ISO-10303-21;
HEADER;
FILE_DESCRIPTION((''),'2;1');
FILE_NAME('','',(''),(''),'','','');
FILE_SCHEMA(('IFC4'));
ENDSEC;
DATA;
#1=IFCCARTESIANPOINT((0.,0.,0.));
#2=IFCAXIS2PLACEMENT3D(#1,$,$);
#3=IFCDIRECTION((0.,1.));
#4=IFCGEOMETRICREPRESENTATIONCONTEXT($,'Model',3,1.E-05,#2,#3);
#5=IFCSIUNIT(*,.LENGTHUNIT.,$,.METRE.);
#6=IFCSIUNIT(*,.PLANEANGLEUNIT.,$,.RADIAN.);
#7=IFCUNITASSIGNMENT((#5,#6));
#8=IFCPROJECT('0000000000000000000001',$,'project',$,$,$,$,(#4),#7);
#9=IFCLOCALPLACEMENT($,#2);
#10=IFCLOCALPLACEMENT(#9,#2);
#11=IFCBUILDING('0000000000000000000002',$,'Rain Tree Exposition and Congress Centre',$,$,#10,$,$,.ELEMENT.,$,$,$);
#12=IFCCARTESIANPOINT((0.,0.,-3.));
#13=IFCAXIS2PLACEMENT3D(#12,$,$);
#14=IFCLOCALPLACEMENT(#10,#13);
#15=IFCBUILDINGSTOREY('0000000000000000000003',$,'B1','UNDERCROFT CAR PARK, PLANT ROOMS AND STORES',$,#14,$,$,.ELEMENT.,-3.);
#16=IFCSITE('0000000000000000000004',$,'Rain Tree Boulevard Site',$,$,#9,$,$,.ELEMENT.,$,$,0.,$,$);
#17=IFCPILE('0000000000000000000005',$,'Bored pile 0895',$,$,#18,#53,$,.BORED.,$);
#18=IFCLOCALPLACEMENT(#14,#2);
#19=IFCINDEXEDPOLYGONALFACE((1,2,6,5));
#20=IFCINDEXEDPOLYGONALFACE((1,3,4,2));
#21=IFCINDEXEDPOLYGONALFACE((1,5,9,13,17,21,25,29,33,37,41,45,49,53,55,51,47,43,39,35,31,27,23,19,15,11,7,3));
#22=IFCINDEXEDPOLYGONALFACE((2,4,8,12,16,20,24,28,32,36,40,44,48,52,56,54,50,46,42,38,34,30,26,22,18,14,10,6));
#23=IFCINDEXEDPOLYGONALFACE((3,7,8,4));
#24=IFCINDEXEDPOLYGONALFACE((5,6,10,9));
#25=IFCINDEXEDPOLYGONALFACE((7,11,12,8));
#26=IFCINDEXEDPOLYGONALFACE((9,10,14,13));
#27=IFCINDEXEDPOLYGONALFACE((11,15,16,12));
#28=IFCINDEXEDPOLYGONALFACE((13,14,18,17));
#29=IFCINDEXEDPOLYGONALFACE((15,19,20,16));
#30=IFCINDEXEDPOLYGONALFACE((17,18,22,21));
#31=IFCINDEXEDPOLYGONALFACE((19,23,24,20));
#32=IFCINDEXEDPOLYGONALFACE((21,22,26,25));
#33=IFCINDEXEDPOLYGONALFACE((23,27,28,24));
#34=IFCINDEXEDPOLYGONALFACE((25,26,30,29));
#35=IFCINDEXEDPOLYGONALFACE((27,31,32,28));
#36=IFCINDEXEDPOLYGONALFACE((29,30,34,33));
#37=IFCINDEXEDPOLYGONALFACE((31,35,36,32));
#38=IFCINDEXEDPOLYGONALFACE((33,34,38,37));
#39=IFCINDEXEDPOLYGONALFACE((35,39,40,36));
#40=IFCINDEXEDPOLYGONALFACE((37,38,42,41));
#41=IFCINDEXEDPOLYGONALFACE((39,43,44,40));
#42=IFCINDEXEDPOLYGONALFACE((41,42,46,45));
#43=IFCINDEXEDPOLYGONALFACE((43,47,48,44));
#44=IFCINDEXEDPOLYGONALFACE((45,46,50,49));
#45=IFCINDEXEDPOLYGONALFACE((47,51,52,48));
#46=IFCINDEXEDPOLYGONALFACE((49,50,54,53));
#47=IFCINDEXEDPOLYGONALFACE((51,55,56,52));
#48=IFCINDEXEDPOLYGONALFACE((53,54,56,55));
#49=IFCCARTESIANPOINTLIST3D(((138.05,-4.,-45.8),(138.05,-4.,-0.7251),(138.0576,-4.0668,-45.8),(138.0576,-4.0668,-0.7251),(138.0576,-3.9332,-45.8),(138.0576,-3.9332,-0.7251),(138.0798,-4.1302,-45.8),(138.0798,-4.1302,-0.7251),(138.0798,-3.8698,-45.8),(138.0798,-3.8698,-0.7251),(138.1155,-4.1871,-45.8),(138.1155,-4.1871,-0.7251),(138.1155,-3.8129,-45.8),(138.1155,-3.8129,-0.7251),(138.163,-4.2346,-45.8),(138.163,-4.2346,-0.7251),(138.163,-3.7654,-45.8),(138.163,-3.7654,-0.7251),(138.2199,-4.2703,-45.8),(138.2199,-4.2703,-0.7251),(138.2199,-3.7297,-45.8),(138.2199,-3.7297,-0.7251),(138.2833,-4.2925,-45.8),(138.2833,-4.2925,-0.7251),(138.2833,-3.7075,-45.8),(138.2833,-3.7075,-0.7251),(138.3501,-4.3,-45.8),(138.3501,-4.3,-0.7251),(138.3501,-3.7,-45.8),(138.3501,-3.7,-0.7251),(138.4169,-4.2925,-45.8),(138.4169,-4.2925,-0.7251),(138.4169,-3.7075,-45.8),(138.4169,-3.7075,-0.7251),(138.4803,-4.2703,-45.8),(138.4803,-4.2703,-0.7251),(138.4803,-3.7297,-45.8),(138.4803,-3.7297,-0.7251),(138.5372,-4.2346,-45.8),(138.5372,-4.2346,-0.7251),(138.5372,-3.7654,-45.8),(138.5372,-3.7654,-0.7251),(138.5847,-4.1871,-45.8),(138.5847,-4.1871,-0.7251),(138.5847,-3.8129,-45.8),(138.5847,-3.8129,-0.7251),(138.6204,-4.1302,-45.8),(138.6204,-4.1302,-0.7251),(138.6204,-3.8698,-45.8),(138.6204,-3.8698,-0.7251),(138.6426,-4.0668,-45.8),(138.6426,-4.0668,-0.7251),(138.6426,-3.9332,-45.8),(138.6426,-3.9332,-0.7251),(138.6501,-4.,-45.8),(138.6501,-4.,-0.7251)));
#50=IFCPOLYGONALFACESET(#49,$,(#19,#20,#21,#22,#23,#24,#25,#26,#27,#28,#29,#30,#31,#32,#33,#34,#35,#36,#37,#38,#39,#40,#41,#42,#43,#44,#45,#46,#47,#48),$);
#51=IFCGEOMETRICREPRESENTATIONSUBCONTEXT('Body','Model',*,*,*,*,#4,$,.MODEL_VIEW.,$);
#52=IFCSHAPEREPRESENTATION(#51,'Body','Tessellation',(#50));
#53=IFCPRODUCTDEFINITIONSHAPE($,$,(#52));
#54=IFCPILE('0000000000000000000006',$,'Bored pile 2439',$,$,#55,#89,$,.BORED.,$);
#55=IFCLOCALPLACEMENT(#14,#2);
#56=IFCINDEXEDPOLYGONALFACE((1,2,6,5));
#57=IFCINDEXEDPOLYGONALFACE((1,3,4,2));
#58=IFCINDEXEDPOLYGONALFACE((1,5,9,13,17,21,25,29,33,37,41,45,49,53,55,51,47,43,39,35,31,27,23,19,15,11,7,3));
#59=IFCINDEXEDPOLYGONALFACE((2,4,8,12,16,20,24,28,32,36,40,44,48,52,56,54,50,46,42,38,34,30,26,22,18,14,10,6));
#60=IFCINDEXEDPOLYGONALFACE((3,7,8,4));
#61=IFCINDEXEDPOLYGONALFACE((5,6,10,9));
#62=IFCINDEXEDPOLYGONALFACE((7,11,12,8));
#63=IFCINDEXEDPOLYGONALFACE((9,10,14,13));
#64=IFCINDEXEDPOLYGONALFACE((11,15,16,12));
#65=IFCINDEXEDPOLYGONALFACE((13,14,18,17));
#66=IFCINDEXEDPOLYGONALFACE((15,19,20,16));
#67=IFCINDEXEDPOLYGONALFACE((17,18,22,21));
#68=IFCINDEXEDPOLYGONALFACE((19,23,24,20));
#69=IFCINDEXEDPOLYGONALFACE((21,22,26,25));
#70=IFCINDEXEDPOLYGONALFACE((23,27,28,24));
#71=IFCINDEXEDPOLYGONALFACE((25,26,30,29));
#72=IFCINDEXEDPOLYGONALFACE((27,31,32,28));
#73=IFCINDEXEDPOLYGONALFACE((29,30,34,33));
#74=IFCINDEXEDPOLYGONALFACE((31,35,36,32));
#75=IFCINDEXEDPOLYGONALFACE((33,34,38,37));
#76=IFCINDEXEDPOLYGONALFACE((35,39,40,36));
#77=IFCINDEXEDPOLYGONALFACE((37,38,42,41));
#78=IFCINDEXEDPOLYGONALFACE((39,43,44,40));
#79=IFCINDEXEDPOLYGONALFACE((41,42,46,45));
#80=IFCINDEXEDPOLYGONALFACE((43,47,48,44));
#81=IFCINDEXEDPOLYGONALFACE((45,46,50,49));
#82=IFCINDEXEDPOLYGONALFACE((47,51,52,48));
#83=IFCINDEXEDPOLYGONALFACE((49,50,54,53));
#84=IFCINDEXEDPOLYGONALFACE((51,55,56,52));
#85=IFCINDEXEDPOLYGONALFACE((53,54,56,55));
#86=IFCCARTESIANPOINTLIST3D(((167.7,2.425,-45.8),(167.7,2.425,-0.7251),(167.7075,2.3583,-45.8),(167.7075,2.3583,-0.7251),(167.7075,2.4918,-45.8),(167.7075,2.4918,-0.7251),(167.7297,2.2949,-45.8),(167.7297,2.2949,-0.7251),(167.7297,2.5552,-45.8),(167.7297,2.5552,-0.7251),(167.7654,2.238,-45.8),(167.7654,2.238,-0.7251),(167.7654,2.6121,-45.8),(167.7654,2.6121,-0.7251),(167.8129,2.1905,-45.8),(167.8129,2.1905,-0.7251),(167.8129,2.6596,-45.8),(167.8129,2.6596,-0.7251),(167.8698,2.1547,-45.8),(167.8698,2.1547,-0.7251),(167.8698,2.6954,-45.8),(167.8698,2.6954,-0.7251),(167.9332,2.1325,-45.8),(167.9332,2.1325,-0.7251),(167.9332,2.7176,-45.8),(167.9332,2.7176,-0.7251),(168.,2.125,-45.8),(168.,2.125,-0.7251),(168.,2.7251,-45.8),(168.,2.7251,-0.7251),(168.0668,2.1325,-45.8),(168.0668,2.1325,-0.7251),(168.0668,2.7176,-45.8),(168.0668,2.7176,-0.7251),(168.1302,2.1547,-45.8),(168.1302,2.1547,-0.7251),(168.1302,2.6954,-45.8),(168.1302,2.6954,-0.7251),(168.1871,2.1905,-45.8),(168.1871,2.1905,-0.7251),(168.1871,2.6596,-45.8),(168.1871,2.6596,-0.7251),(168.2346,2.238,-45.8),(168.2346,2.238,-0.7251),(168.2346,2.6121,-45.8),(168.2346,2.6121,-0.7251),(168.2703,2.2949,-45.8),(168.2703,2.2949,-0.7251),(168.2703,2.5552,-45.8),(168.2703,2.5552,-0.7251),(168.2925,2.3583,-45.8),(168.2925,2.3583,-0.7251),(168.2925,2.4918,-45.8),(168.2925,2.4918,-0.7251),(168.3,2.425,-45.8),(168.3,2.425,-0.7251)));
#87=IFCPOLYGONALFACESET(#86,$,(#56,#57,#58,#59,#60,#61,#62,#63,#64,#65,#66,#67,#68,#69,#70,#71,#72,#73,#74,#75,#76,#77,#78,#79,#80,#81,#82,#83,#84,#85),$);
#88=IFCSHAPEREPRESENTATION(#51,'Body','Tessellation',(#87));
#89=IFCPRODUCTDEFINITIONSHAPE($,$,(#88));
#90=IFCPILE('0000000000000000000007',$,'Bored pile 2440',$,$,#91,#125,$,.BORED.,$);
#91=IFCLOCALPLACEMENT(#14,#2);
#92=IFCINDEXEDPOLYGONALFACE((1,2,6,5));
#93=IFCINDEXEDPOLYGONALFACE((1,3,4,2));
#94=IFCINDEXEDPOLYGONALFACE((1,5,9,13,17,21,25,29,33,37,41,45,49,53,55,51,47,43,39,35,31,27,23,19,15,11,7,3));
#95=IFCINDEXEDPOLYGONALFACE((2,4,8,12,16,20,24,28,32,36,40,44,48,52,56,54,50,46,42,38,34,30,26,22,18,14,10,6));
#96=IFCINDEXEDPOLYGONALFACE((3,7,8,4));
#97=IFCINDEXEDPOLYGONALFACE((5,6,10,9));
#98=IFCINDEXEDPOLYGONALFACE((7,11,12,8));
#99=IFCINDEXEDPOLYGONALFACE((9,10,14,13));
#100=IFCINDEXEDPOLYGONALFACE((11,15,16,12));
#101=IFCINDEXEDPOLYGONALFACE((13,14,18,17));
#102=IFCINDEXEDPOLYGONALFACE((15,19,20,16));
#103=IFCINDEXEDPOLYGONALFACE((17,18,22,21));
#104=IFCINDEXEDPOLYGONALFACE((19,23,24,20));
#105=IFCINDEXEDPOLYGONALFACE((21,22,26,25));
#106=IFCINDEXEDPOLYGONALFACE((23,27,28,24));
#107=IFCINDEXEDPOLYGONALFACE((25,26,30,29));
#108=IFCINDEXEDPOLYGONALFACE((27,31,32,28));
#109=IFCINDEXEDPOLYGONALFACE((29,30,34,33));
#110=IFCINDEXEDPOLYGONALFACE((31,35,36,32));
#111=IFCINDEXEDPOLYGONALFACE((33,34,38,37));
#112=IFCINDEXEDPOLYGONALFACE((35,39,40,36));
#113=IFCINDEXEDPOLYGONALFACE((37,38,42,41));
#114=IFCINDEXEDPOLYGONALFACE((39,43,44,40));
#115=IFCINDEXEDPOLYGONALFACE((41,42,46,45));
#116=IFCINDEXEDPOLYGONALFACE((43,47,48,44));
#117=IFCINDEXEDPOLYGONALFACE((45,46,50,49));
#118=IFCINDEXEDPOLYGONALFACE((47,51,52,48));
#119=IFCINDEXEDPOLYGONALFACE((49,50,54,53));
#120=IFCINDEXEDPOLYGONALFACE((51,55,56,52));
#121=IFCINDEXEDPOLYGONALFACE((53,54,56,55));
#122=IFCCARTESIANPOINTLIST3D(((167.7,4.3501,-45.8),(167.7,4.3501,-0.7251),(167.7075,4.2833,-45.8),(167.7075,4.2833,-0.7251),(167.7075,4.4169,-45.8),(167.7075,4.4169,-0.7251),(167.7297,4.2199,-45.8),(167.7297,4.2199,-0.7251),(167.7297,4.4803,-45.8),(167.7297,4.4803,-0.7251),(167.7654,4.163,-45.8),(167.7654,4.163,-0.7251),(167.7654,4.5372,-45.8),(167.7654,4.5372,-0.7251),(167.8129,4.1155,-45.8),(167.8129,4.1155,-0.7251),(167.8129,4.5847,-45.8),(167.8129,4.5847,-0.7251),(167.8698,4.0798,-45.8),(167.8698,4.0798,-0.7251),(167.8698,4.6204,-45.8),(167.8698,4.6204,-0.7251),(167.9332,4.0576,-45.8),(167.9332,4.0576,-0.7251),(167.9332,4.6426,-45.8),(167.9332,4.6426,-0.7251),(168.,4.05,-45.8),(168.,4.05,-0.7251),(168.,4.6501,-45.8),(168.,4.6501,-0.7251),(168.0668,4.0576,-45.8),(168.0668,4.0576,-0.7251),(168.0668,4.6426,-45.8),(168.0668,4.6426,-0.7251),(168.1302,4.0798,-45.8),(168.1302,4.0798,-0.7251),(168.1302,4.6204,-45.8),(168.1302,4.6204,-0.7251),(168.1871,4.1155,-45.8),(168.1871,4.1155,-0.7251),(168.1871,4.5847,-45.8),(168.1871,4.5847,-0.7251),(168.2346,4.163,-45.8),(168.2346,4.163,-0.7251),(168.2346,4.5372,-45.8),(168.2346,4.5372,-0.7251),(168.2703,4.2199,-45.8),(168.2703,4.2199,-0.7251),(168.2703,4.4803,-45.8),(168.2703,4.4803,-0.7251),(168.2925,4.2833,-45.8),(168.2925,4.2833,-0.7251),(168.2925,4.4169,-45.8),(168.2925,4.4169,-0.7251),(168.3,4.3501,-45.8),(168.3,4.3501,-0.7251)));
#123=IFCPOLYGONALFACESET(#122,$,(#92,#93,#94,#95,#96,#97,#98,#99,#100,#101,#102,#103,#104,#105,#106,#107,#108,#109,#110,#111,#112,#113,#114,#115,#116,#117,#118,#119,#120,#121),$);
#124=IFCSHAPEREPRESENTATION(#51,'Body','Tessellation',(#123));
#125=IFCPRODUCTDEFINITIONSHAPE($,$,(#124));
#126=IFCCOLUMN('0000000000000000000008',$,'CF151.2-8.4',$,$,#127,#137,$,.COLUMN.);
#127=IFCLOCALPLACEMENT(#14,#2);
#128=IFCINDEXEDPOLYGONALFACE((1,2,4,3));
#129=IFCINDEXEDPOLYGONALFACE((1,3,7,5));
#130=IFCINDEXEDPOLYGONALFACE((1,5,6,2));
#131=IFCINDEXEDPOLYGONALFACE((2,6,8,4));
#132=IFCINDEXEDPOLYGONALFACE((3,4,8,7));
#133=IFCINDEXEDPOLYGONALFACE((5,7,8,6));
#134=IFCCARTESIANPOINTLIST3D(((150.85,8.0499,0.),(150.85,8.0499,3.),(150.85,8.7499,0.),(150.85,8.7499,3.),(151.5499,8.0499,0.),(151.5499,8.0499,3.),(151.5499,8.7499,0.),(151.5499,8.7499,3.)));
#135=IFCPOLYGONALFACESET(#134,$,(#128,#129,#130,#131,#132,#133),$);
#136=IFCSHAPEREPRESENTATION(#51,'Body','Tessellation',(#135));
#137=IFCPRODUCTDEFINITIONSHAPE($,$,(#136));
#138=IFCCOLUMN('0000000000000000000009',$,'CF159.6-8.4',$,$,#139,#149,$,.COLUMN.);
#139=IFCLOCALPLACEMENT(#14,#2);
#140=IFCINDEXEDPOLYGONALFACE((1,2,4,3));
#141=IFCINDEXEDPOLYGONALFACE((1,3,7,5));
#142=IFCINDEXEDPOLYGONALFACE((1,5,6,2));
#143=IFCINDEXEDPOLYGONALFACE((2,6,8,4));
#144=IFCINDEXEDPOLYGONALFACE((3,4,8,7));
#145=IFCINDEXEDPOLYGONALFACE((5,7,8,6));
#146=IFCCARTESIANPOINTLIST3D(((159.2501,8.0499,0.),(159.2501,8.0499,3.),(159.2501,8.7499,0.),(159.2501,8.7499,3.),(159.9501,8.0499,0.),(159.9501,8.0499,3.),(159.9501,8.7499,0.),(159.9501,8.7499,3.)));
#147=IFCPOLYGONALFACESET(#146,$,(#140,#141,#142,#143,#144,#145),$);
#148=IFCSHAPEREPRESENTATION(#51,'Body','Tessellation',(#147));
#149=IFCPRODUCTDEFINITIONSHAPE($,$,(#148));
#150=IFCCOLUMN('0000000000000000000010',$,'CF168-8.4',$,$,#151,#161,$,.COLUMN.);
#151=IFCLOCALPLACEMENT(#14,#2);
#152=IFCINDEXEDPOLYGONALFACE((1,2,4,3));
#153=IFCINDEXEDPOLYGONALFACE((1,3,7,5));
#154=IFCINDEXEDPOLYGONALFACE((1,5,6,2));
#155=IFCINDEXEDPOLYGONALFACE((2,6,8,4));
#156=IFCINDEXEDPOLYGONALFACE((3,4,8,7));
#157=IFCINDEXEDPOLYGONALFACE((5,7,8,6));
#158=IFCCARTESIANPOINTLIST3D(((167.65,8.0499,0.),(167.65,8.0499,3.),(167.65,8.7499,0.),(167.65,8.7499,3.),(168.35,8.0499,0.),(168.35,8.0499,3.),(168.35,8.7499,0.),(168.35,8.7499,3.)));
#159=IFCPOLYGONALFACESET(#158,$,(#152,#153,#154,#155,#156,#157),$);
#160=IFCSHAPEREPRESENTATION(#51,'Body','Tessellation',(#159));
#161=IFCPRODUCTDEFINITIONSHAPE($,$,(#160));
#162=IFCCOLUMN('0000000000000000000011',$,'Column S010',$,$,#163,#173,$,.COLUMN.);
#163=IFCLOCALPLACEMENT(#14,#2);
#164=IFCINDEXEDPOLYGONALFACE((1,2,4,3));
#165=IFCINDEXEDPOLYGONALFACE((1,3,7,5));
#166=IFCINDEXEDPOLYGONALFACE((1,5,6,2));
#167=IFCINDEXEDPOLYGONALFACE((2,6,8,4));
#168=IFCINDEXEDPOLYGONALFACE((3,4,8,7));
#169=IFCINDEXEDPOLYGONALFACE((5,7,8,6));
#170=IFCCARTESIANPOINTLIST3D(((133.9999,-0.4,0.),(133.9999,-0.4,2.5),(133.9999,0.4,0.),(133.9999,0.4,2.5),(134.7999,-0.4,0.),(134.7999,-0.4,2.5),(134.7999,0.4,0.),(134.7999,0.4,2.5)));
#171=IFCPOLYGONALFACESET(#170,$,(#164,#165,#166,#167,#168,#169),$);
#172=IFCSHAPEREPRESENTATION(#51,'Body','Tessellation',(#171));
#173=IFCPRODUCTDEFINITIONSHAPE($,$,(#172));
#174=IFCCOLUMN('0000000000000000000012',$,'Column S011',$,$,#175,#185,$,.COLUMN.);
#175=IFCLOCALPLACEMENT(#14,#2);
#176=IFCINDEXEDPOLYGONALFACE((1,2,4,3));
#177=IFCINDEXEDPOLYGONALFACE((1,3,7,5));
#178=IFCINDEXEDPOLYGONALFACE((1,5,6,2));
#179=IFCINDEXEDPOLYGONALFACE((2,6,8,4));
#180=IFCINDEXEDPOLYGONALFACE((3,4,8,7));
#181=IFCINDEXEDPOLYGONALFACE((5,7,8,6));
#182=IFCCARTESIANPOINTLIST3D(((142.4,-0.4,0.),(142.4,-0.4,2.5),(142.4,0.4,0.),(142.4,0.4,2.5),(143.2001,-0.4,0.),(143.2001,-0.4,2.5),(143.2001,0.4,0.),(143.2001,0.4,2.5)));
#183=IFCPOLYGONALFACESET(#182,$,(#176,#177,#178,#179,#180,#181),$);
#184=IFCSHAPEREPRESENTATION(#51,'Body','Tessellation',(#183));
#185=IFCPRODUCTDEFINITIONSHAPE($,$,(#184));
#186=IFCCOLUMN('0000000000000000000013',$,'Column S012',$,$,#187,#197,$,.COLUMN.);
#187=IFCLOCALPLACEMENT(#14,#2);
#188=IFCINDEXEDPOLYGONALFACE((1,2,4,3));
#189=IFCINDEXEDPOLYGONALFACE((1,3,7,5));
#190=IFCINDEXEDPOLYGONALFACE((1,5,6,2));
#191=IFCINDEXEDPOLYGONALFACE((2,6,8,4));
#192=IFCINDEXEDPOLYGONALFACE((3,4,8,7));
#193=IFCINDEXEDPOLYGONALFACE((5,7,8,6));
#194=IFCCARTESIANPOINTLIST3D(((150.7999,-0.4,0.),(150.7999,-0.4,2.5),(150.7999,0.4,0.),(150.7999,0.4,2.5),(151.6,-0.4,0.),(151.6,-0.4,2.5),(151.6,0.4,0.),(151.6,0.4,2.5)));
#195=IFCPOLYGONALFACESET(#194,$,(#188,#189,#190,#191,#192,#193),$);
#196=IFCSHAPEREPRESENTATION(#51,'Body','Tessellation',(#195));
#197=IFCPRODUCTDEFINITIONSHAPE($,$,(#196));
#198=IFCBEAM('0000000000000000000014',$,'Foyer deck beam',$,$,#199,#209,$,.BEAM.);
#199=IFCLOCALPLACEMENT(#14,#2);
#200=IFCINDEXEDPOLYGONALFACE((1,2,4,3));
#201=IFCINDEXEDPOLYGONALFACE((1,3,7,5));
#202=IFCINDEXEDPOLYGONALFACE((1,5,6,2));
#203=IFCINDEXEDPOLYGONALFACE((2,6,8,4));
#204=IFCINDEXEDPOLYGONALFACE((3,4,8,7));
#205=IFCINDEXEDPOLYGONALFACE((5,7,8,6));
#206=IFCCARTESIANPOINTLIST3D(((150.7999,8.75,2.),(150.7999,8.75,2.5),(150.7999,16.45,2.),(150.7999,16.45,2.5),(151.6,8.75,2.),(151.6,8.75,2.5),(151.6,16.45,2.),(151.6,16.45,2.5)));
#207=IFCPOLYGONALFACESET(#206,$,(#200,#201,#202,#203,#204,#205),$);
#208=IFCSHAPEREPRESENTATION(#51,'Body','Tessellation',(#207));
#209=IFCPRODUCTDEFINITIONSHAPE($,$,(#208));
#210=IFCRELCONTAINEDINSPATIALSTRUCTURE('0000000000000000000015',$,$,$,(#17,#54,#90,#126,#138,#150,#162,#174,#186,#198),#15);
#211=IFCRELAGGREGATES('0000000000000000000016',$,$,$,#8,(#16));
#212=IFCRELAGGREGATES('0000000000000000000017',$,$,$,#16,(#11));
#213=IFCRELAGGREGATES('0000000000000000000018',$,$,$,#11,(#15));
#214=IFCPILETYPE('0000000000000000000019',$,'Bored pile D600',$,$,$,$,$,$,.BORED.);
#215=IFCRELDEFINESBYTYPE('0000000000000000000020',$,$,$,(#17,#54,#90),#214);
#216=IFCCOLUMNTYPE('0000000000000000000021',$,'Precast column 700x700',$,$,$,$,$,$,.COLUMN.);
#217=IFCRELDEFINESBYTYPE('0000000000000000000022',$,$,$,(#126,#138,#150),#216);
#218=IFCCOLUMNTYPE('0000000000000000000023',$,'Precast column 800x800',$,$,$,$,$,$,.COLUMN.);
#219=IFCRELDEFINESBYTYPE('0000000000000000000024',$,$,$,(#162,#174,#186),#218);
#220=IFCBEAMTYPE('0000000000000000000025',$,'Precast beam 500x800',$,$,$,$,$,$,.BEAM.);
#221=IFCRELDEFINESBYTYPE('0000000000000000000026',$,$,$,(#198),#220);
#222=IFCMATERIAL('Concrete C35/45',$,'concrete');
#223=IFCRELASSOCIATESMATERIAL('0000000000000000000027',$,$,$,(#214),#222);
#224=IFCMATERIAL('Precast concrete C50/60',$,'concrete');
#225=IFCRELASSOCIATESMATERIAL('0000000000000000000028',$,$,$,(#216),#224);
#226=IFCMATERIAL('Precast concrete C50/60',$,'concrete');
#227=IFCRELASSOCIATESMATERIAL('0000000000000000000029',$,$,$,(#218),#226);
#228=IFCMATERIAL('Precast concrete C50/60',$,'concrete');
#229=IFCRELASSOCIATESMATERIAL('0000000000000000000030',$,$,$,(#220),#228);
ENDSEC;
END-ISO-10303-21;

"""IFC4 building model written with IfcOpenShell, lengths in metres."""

from ifc_helpers import new_model, si_unit, direction, frame, origin, origin_2d, place, context, subcontext, project, spatial, rectangle, circle, extrude, material, material_profile, profile_set, type_object, element, save


model = new_model("IFC4")

# Units and contexts
model_context = context("Model", 3, precision=1e-05, world=origin(), true_north=direction((0.0, 1.0)))
body_context = subcontext(model_context, "Body", "Model", "MODEL_VIEW")
ifc_project = project(units=[si_unit("LENGTHUNIT", "METRE"), si_unit("PLANEANGLEUNIT", "RADIAN")], contexts=[model_context])

# Site, building, storey
site_placement = place(None, origin())
site = spatial("IfcSite", under=ifc_project, at=site_placement, Name="Rain Tree Boulevard Site", CompositionType="ELEMENT", RefElevation=0.0)
building_placement = place(site_placement, origin())
building = spatial("IfcBuilding", under=site, at=building_placement, Name="Rain Tree Exposition and Congress Centre", CompositionType="ELEMENT")
storey_placement = place(building_placement, frame((0.0, 0.0, -3.0)))
storey = spatial("IfcBuildingStorey", under=building, at=storey_placement, Name="B1", Description="UNDERCROFT CAR PARK, PLANT ROOMS AND STORES", CompositionType="ELEMENT", Elevation=-3.0)

# Piles
ifc_material_1 = material(Name="Concrete C35/45", Category="concrete")
ifc_material_profile_1 = material_profile(ifc_material_1, circle(Radius=0.3, at=origin_2d()), Name="D600")
ifc_profile_set_1 = profile_set([ifc_material_profile_1], Name="Concrete C35/45")
pile_type = type_object("IfcPileType", Name="Bored pile D600", PredefinedType="BORED", material=ifc_profile_set_1)
for number, where, z_axis, x_axis, name in (
    (1, (138.3501, -4.0, -0.7251), (0.0, 0.0, -1.0), (1.0, 0.0, 0.0), "Bored pile 0895"),
    (2, (168.0, 2.425, -0.7251), (0.0, 0.0, -1.0), (1.0, 0.0, 0.0), "Bored pile 2439"),
    (3, (168.0, 4.3501, -0.7251), (0.0, 0.0, -1.0), (1.0, 0.0, 0.0), "Bored pile 2440"),
):
    element("IfcPile", number, at=place(storey_placement, frame(where, z_axis=z_axis, x_axis=x_axis)), inside=storey, type_object=pile_type, Name=name, PredefinedType="BORED", context=body_context, shape_type="SweptSolid", body=[
        extrude(circle(Radius=0.3, at=origin_2d()), origin(), (0.0, 0.0, 1.0), 45.075),
    ])

# Columns
ifc_material_2 = material(Name="Precast concrete C50/60", Category="concrete")
ifc_material_profile_2 = material_profile(ifc_material_2, rectangle(XDim=0.7, YDim=0.7, at=origin_2d()), Name="RC 700x700")
ifc_profile_set_2 = profile_set([ifc_material_profile_2], Name="Precast concrete C50/60")
column_type_1 = type_object("IfcColumnType", Name="Precast column 700x700", PredefinedType="COLUMN", material=ifc_profile_set_2)
for number, where, z_axis, x_axis, name in (
    (4, (151.2, 8.3999, 0.0), (0.0, 0.0, 1.0), (1.0, 0.0, 0.0), "CF151.2-8.4"),
    (5, (159.6001, 8.3999, 0.0), (0.0, 0.0, 1.0), (1.0, 0.0, 0.0), "CF159.6-8.4"),
    (6, (168.0, 8.3999, 0.0), (0.0, 0.0, 1.0), (1.0, 0.0, 0.0), "CF168-8.4"),
):
    element("IfcColumn", number, at=place(storey_placement, frame(where, z_axis=z_axis, x_axis=x_axis)), inside=storey, type_object=column_type_1, Name=name, PredefinedType="COLUMN", context=body_context, shape_type="SweptSolid", body=[
        extrude(rectangle(XDim=0.7, YDim=0.7, at=origin_2d()), origin(), (0.0, 0.0, 1.0), 3.0),
    ])
ifc_material_3 = material(Name="Precast concrete C50/60", Category="concrete")
ifc_material_profile_3 = material_profile(ifc_material_3, rectangle(XDim=0.8, YDim=0.8, at=origin_2d()), Name="RC 800x800")
ifc_profile_set_3 = profile_set([ifc_material_profile_3], Name="Precast concrete C50/60")
column_type_2 = type_object("IfcColumnType", Name="Precast column 800x800", PredefinedType="COLUMN", material=ifc_profile_set_3)
for number, where, z_axis, x_axis, name in (
    (7, (134.3999, 0.0, 0.0), (0.0, 0.0, 1.0), (1.0, 0.0, 0.0), "Column S010"),
    (8, (142.8, 0.0, 0.0), (0.0, 0.0, 1.0), (1.0, 0.0, 0.0), "Column S011"),
    (9, (151.2, 0.0, 0.0), (0.0, 0.0, 1.0), (1.0, 0.0, 0.0), "Column S012"),
):
    element("IfcColumn", number, at=place(storey_placement, frame(where, z_axis=z_axis, x_axis=x_axis)), inside=storey, type_object=column_type_2, Name=name, PredefinedType="COLUMN", context=body_context, shape_type="SweptSolid", body=[
        extrude(rectangle(XDim=0.8, YDim=0.8, at=origin_2d()), origin(), (0.0, 0.0, 1.0), 2.5),
    ])

# Beam
ifc_material_4 = material(Name="Precast concrete C50/60", Category="concrete")
ifc_material_profile_4 = material_profile(ifc_material_4, rectangle(XDim=0.5, YDim=0.8, at=origin_2d()), Name="RC 500x800")
ifc_profile_set_4 = profile_set([ifc_material_profile_4], Name="Precast concrete C50/60")
beam_type = type_object("IfcBeamType", Name="Precast beam 500x800", PredefinedType="BEAM", material=ifc_profile_set_4)
beam_placement = place(storey_placement, frame((151.2, 8.75, 2.25), z_axis=(0.0, 1.0, 0.0), x_axis=(0.0, 0.0, 1.0)))
element("IfcBeam", 10, at=beam_placement, inside=storey, type_object=beam_type, Name="Foyer deck beam", PredefinedType="BEAM", context=body_context, shape_type="SweptSolid", body=[
    extrude(rectangle(XDim=0.5, YDim=0.8, at=origin_2d()), origin(), (0.0, 0.0, 1.0), 7.7),
])

save(model, "model.ifc")
